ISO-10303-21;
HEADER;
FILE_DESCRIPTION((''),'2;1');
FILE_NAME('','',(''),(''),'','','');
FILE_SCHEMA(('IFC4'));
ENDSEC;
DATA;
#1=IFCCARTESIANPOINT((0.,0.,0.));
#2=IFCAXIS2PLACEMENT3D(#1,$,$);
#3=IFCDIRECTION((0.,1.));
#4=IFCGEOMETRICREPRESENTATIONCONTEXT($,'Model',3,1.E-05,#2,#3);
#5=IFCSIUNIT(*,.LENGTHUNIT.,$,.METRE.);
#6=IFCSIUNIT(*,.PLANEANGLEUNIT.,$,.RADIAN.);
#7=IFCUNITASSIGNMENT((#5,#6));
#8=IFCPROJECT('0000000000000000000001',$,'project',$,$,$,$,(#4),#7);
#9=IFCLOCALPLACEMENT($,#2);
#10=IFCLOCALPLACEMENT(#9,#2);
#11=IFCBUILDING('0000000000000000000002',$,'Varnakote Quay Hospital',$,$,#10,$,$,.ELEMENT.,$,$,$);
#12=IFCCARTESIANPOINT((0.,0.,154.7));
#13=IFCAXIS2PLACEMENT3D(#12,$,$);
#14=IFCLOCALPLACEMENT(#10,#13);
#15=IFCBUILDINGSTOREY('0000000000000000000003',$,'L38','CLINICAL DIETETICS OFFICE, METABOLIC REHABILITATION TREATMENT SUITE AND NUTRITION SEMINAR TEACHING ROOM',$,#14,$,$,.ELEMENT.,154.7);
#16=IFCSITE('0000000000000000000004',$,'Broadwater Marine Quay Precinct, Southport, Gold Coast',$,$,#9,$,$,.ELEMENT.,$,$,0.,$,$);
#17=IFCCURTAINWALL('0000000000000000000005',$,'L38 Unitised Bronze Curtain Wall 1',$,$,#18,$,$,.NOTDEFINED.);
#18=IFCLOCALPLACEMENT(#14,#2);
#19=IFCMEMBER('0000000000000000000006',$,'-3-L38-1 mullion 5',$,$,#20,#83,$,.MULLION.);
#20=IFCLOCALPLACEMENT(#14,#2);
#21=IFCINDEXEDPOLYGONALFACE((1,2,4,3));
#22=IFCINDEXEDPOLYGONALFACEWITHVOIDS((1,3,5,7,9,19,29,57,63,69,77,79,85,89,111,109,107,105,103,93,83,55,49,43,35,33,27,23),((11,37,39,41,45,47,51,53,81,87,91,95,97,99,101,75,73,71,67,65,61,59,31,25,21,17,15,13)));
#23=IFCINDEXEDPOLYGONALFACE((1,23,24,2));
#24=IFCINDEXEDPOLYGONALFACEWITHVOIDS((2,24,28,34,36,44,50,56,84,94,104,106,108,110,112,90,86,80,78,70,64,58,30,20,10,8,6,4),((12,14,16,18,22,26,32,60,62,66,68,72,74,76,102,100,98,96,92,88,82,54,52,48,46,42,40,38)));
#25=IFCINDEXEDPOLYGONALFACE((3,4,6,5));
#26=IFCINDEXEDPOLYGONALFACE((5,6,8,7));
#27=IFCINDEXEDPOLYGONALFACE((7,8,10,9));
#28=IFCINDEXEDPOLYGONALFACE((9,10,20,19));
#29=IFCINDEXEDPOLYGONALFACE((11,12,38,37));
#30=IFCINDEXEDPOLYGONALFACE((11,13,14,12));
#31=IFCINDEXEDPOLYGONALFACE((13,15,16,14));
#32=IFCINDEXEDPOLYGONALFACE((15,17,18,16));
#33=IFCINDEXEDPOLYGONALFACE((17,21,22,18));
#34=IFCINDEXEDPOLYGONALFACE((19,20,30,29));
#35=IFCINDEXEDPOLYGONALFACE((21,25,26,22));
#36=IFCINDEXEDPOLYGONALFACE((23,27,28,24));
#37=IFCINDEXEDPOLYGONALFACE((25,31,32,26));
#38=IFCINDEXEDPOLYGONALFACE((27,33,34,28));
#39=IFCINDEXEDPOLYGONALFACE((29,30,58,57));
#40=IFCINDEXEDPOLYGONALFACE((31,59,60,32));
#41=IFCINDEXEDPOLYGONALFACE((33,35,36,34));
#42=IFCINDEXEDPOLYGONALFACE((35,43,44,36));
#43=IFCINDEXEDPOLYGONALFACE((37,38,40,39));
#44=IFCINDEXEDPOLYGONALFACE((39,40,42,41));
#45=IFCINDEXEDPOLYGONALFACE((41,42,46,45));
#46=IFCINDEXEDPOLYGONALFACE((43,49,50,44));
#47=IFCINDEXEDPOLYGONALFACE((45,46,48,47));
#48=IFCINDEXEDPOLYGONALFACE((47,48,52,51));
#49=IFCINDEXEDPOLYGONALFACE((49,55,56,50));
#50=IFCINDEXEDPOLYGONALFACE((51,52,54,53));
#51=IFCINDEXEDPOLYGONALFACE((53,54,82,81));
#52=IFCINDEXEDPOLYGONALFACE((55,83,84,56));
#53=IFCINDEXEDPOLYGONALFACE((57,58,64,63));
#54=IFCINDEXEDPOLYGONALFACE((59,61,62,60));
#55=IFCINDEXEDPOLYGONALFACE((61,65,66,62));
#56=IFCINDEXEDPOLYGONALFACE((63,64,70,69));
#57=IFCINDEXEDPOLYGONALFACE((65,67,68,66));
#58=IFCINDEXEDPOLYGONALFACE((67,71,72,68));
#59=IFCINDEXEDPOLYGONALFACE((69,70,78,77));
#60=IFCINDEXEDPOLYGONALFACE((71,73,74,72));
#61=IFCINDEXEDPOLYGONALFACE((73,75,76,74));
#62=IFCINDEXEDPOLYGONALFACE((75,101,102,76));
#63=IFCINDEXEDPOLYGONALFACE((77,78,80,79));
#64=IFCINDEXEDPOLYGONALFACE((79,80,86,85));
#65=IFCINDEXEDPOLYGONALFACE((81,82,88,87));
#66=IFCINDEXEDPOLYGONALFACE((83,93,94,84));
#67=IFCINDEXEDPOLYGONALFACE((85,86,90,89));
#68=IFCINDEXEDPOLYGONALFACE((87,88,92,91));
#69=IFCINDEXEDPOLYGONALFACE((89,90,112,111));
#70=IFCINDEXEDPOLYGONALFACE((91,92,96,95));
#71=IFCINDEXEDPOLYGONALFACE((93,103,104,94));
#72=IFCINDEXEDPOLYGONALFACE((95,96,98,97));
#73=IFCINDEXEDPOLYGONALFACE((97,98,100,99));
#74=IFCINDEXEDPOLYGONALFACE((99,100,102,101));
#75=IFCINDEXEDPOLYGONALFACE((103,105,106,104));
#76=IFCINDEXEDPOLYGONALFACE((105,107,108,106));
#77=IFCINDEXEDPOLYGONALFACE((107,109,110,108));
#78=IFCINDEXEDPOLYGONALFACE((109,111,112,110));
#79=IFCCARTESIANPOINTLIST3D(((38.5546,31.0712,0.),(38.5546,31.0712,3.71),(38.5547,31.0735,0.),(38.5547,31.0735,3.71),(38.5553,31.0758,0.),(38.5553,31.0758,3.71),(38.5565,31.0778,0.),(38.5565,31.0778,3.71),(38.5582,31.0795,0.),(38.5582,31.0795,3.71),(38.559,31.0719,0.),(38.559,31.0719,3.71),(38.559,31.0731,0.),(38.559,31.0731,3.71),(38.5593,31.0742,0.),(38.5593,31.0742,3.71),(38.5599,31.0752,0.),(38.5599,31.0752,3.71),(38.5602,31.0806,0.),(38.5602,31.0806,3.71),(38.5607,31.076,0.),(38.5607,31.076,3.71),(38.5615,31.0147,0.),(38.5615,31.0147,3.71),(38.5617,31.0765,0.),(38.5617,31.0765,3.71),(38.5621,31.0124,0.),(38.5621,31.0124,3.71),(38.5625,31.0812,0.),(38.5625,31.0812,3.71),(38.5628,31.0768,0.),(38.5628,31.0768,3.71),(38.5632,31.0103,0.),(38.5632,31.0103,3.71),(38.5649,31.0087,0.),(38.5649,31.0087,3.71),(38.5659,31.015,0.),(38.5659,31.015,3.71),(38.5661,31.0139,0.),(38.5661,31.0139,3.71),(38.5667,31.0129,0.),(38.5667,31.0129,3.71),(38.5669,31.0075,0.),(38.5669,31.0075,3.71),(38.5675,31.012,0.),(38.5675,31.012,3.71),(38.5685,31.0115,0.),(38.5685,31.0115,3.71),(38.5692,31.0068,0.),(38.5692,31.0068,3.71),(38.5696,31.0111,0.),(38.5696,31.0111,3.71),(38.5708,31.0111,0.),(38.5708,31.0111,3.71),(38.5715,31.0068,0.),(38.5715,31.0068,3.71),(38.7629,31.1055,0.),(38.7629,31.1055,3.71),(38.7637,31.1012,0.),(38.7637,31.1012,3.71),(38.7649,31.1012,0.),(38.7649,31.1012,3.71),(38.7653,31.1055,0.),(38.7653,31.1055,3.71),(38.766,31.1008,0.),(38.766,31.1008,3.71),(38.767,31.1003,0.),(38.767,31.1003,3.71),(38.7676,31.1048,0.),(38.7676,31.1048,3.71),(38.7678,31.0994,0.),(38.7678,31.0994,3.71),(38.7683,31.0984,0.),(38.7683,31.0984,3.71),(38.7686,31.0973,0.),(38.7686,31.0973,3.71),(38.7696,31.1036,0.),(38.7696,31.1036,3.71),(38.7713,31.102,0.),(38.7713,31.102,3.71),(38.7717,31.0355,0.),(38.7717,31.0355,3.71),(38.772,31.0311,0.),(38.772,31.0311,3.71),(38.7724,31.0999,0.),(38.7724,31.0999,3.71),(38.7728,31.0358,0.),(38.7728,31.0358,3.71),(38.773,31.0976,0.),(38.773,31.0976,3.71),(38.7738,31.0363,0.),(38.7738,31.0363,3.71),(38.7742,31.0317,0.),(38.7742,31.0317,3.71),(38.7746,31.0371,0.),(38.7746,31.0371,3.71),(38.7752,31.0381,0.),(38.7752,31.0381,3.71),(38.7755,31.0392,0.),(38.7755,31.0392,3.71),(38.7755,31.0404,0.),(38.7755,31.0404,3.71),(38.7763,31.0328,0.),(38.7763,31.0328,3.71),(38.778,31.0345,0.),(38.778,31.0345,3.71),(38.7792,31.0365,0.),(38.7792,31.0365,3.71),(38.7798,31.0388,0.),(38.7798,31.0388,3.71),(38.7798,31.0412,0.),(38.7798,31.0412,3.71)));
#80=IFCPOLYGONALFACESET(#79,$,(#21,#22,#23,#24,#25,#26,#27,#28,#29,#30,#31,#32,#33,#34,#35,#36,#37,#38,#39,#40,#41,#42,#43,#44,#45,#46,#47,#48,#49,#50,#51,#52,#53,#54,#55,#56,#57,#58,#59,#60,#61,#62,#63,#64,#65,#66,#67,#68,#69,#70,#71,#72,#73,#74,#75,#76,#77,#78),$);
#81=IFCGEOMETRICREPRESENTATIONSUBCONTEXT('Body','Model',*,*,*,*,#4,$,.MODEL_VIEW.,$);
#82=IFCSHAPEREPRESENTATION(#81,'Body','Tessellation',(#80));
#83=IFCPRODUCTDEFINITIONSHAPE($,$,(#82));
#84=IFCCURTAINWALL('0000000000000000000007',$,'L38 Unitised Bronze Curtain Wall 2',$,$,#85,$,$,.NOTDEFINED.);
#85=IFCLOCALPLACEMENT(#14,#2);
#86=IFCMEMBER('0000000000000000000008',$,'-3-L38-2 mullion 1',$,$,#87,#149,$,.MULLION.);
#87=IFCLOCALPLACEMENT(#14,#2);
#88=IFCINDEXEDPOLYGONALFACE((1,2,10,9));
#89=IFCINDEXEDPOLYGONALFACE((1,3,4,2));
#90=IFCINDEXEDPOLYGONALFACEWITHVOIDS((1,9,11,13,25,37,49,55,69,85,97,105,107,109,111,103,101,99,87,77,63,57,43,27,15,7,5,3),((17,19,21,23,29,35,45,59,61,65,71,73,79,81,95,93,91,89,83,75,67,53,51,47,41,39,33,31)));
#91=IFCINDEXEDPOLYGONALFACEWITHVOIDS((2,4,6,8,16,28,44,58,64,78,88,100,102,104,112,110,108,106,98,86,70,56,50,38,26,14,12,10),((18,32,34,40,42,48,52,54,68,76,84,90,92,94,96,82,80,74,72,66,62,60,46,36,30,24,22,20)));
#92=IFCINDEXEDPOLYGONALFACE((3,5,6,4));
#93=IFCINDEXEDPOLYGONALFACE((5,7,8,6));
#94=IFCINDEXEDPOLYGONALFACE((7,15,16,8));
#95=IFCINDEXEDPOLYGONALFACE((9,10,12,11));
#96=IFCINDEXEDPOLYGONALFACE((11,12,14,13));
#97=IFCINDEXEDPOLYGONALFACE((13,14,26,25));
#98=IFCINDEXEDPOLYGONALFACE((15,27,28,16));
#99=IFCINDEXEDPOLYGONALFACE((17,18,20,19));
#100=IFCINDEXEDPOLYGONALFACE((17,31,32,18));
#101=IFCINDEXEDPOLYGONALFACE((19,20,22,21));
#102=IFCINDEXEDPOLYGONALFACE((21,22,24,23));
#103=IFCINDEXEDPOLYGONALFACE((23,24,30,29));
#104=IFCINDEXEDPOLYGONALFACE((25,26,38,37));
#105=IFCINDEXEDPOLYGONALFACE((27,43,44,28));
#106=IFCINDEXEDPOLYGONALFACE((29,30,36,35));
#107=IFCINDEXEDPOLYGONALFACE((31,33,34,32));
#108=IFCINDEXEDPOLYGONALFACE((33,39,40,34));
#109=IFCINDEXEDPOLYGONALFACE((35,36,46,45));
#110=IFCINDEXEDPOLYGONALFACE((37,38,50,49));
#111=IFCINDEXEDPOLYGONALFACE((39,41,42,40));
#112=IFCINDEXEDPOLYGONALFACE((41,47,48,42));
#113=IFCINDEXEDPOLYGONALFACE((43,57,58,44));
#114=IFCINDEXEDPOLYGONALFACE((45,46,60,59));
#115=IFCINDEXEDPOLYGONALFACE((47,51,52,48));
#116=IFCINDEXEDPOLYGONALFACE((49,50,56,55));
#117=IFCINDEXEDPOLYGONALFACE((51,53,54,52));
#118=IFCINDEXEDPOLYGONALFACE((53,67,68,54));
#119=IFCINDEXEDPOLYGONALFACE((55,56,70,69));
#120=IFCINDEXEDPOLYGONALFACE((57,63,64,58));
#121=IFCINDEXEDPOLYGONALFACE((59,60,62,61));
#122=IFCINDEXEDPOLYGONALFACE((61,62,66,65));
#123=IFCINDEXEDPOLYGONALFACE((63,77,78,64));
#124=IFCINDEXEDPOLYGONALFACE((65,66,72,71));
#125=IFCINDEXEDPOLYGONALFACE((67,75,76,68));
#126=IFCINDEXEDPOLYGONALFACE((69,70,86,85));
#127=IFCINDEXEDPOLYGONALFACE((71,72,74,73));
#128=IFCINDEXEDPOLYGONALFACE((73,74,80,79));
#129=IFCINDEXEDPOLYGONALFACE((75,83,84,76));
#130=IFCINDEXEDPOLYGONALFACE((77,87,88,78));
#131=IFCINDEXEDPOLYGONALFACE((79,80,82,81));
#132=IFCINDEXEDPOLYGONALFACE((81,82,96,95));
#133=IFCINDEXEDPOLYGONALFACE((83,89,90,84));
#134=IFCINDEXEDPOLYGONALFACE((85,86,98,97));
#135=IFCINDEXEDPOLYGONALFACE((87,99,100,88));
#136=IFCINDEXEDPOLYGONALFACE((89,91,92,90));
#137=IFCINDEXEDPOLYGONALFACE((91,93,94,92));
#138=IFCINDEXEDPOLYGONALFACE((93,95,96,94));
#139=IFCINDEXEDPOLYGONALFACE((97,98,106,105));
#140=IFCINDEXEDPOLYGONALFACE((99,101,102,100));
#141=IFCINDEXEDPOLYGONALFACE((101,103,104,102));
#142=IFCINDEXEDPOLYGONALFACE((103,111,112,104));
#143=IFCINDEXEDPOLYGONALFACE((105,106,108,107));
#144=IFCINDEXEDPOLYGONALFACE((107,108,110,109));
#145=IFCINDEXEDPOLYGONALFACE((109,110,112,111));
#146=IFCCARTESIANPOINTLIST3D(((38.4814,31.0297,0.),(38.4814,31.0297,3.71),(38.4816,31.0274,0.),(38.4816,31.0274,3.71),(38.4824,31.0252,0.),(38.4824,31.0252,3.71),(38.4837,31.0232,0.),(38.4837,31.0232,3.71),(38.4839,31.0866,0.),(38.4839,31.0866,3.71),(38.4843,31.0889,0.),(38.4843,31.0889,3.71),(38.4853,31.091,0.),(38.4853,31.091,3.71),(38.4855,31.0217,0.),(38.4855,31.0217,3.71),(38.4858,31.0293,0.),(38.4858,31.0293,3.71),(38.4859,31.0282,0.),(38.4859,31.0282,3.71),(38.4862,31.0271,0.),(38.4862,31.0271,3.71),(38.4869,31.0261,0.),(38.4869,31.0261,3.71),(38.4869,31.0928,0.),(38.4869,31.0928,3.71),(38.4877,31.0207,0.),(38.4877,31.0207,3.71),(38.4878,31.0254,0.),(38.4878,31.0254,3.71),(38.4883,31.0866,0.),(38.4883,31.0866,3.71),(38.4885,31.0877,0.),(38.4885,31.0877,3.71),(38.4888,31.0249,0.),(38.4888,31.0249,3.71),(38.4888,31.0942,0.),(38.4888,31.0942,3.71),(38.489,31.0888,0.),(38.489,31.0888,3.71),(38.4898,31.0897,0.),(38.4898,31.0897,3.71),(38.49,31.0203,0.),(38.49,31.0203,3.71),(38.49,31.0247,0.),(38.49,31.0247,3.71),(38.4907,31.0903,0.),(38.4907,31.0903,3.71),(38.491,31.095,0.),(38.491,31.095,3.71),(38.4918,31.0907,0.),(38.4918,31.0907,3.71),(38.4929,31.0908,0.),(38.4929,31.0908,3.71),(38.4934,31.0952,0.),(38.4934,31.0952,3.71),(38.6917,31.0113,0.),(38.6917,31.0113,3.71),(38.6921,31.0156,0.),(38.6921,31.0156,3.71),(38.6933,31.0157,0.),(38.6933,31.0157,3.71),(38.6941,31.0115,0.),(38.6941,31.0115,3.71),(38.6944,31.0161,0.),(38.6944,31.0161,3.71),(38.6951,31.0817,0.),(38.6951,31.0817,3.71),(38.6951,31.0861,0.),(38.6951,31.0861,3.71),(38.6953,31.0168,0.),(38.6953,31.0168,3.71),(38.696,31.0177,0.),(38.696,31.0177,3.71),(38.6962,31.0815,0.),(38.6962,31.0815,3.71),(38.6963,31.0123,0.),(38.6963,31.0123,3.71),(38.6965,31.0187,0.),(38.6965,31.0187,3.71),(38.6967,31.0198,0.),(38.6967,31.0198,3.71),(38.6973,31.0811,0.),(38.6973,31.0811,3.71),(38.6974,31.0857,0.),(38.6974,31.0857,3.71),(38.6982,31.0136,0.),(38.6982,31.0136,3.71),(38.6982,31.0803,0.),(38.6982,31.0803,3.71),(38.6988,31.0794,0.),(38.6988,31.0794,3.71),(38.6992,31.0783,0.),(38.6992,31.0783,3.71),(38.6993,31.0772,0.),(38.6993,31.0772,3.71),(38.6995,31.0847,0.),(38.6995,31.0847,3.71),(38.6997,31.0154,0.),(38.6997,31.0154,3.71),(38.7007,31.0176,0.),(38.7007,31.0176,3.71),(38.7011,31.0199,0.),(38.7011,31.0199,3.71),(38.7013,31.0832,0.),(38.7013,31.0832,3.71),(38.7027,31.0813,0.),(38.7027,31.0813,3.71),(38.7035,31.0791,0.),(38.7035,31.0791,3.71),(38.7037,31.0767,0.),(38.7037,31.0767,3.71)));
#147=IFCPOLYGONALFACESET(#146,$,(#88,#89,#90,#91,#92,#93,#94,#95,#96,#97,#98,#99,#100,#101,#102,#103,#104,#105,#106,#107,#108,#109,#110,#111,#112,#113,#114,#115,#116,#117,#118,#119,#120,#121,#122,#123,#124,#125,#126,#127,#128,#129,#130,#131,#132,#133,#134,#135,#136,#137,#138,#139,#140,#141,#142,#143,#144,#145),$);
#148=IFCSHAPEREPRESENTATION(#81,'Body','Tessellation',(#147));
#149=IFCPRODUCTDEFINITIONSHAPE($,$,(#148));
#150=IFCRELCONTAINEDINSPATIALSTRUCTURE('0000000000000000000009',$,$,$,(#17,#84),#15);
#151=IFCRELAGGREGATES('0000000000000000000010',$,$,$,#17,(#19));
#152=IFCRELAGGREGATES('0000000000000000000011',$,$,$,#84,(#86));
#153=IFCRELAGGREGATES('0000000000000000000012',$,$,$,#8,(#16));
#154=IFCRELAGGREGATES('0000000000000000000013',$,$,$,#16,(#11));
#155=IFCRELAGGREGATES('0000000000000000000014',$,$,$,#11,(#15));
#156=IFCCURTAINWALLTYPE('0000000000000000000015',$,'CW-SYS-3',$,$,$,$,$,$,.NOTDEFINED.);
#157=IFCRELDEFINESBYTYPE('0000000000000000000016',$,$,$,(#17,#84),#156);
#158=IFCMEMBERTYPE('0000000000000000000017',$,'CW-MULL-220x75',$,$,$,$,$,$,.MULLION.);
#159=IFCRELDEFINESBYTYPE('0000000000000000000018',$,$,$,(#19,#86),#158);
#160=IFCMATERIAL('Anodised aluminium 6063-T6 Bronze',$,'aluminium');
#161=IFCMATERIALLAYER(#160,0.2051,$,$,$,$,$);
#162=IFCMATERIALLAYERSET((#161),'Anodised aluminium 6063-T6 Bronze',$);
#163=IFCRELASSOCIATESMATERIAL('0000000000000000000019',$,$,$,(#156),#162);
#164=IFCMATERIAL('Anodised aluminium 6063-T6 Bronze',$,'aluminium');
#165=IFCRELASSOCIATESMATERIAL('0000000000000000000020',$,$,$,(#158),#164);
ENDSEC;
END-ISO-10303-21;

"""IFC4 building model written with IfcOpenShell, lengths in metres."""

from ifc_helpers import new_model, si_unit, direction, frame, origin, origin_2d, place, context, subcontext, project, spatial, hollow_rectangle, extrude, material, layer, layer_set, material_profile, profile_set, type_object, element, aggregate, save


model = new_model("IFC4")

# Units and contexts
model_context = context("Model", 3, precision=1e-05, world=origin(), true_north=direction((0.0, 1.0)))
body_context = subcontext(model_context, "Body", "Model", "MODEL_VIEW")
ifc_project = project(units=[si_unit("LENGTHUNIT", "METRE"), si_unit("PLANEANGLEUNIT", "RADIAN")], contexts=[model_context])

# Site, building, storey
site_placement = place(None, origin())
site = spatial("IfcSite", under=ifc_project, at=site_placement, Name="Broadwater Marine Quay Precinct, Southport, Gold Coast", CompositionType="ELEMENT", RefElevation=0.0)
building_placement = place(site_placement, origin())
building = spatial("IfcBuilding", under=site, at=building_placement, Name="Varnakote Quay Hospital", CompositionType="ELEMENT")
storey_placement = place(building_placement, frame((0.0, 0.0, 154.7)))
storey = spatial("IfcBuildingStorey", under=building, at=storey_placement, Name="L38", Description="CLINICAL DIETETICS OFFICE, METABOLIC REHABILITATION TREATMENT SUITE AND NUTRITION SEMINAR TEACHING ROOM", CompositionType="ELEMENT", Elevation=154.7)

# Curtain wall, member
ifc_material_1 = material(Name="Anodised aluminium 6063-T6 Bronze", Category="aluminium")
ifc_layer_1 = layer(ifc_material_1, 0.2051)
ifc_layer_set_1 = layer_set([ifc_layer_1], Name="Anodised aluminium 6063-T6 Bronze")
curtain_wall_type = type_object("IfcCurtainWallType", Name="CW-SYS-3", PredefinedType="NOTDEFINED", material=ifc_layer_set_1)
curtain_wall_1_placement = place(storey_placement, origin())
curtain_wall_1 = element("IfcCurtainWall", 1, at=curtain_wall_1_placement, inside=storey, type_object=curtain_wall_type, Name="L38 Unitised Bronze Curtain Wall 1", PredefinedType="NOTDEFINED")
ifc_material_2 = material(Name="Anodised aluminium 6063-T6 Bronze", Category="aluminium")
ifc_material_profile_1 = material_profile(ifc_material_2, hollow_rectangle(XDim=0.075, YDim=0.22, WallThickness=0.0044, InnerFilletRadius=0.0044, OuterFilletRadius=0.009, at=origin_2d()), Name="CW-MULL-220x75")
ifc_profile_set_1 = profile_set([ifc_material_profile_1], Name="Anodised aluminium 6063-T6 Bronze")
member_type_1 = type_object("IfcMemberType", Name="CW-MULL-220x75", PredefinedType="MULLION", material=ifc_profile_set_1)
member_1_placement = place(storey_placement, frame((38.6672, 31.0562, 0.0), z_axis=(0.0, 0.0, 1.0), x_axis=(0.120327, -0.992734, 0.0)))
member_1 = element("IfcMember", 2, at=member_1_placement, type_object=member_type_1, Name="-3-L38-1 mullion 5", PredefinedType="MULLION", context=body_context, shape_type="SweptSolid", body=[
    extrude(hollow_rectangle(XDim=0.075, YDim=0.22, WallThickness=0.0044, InnerFilletRadius=0.0044, OuterFilletRadius=0.009, at=origin_2d()), origin(), (0.0, 0.0, 1.0), 3.71),
])

# Curtain wall, member
curtain_wall_2_placement = place(storey_placement, origin())
curtain_wall_2 = element("IfcCurtainWall", 3, at=curtain_wall_2_placement, inside=storey, type_object=curtain_wall_type, Name="L38 Unitised Bronze Curtain Wall 2", PredefinedType="NOTDEFINED")
member_2_placement = place(storey_placement, frame((38.5925, 31.0532, 0.0), z_axis=(0.0, 0.0, 1.0), x_axis=(-0.044782, -0.998997, 0.0)))
member_2 = element("IfcMember", 4, at=member_2_placement, type_object=member_type_1, Name="-3-L38-2 mullion 1", PredefinedType="MULLION", context=body_context, shape_type="SweptSolid", body=[
    extrude(hollow_rectangle(XDim=0.075, YDim=0.22, WallThickness=0.0044, InnerFilletRadius=0.0044, OuterFilletRadius=0.009, at=origin_2d()), origin(), (0.0, 0.0, 1.0), 3.71),
])

aggregate(curtain_wall_1, [member_1])
aggregate(curtain_wall_2, [member_2])

save(model, "model.ifc")
